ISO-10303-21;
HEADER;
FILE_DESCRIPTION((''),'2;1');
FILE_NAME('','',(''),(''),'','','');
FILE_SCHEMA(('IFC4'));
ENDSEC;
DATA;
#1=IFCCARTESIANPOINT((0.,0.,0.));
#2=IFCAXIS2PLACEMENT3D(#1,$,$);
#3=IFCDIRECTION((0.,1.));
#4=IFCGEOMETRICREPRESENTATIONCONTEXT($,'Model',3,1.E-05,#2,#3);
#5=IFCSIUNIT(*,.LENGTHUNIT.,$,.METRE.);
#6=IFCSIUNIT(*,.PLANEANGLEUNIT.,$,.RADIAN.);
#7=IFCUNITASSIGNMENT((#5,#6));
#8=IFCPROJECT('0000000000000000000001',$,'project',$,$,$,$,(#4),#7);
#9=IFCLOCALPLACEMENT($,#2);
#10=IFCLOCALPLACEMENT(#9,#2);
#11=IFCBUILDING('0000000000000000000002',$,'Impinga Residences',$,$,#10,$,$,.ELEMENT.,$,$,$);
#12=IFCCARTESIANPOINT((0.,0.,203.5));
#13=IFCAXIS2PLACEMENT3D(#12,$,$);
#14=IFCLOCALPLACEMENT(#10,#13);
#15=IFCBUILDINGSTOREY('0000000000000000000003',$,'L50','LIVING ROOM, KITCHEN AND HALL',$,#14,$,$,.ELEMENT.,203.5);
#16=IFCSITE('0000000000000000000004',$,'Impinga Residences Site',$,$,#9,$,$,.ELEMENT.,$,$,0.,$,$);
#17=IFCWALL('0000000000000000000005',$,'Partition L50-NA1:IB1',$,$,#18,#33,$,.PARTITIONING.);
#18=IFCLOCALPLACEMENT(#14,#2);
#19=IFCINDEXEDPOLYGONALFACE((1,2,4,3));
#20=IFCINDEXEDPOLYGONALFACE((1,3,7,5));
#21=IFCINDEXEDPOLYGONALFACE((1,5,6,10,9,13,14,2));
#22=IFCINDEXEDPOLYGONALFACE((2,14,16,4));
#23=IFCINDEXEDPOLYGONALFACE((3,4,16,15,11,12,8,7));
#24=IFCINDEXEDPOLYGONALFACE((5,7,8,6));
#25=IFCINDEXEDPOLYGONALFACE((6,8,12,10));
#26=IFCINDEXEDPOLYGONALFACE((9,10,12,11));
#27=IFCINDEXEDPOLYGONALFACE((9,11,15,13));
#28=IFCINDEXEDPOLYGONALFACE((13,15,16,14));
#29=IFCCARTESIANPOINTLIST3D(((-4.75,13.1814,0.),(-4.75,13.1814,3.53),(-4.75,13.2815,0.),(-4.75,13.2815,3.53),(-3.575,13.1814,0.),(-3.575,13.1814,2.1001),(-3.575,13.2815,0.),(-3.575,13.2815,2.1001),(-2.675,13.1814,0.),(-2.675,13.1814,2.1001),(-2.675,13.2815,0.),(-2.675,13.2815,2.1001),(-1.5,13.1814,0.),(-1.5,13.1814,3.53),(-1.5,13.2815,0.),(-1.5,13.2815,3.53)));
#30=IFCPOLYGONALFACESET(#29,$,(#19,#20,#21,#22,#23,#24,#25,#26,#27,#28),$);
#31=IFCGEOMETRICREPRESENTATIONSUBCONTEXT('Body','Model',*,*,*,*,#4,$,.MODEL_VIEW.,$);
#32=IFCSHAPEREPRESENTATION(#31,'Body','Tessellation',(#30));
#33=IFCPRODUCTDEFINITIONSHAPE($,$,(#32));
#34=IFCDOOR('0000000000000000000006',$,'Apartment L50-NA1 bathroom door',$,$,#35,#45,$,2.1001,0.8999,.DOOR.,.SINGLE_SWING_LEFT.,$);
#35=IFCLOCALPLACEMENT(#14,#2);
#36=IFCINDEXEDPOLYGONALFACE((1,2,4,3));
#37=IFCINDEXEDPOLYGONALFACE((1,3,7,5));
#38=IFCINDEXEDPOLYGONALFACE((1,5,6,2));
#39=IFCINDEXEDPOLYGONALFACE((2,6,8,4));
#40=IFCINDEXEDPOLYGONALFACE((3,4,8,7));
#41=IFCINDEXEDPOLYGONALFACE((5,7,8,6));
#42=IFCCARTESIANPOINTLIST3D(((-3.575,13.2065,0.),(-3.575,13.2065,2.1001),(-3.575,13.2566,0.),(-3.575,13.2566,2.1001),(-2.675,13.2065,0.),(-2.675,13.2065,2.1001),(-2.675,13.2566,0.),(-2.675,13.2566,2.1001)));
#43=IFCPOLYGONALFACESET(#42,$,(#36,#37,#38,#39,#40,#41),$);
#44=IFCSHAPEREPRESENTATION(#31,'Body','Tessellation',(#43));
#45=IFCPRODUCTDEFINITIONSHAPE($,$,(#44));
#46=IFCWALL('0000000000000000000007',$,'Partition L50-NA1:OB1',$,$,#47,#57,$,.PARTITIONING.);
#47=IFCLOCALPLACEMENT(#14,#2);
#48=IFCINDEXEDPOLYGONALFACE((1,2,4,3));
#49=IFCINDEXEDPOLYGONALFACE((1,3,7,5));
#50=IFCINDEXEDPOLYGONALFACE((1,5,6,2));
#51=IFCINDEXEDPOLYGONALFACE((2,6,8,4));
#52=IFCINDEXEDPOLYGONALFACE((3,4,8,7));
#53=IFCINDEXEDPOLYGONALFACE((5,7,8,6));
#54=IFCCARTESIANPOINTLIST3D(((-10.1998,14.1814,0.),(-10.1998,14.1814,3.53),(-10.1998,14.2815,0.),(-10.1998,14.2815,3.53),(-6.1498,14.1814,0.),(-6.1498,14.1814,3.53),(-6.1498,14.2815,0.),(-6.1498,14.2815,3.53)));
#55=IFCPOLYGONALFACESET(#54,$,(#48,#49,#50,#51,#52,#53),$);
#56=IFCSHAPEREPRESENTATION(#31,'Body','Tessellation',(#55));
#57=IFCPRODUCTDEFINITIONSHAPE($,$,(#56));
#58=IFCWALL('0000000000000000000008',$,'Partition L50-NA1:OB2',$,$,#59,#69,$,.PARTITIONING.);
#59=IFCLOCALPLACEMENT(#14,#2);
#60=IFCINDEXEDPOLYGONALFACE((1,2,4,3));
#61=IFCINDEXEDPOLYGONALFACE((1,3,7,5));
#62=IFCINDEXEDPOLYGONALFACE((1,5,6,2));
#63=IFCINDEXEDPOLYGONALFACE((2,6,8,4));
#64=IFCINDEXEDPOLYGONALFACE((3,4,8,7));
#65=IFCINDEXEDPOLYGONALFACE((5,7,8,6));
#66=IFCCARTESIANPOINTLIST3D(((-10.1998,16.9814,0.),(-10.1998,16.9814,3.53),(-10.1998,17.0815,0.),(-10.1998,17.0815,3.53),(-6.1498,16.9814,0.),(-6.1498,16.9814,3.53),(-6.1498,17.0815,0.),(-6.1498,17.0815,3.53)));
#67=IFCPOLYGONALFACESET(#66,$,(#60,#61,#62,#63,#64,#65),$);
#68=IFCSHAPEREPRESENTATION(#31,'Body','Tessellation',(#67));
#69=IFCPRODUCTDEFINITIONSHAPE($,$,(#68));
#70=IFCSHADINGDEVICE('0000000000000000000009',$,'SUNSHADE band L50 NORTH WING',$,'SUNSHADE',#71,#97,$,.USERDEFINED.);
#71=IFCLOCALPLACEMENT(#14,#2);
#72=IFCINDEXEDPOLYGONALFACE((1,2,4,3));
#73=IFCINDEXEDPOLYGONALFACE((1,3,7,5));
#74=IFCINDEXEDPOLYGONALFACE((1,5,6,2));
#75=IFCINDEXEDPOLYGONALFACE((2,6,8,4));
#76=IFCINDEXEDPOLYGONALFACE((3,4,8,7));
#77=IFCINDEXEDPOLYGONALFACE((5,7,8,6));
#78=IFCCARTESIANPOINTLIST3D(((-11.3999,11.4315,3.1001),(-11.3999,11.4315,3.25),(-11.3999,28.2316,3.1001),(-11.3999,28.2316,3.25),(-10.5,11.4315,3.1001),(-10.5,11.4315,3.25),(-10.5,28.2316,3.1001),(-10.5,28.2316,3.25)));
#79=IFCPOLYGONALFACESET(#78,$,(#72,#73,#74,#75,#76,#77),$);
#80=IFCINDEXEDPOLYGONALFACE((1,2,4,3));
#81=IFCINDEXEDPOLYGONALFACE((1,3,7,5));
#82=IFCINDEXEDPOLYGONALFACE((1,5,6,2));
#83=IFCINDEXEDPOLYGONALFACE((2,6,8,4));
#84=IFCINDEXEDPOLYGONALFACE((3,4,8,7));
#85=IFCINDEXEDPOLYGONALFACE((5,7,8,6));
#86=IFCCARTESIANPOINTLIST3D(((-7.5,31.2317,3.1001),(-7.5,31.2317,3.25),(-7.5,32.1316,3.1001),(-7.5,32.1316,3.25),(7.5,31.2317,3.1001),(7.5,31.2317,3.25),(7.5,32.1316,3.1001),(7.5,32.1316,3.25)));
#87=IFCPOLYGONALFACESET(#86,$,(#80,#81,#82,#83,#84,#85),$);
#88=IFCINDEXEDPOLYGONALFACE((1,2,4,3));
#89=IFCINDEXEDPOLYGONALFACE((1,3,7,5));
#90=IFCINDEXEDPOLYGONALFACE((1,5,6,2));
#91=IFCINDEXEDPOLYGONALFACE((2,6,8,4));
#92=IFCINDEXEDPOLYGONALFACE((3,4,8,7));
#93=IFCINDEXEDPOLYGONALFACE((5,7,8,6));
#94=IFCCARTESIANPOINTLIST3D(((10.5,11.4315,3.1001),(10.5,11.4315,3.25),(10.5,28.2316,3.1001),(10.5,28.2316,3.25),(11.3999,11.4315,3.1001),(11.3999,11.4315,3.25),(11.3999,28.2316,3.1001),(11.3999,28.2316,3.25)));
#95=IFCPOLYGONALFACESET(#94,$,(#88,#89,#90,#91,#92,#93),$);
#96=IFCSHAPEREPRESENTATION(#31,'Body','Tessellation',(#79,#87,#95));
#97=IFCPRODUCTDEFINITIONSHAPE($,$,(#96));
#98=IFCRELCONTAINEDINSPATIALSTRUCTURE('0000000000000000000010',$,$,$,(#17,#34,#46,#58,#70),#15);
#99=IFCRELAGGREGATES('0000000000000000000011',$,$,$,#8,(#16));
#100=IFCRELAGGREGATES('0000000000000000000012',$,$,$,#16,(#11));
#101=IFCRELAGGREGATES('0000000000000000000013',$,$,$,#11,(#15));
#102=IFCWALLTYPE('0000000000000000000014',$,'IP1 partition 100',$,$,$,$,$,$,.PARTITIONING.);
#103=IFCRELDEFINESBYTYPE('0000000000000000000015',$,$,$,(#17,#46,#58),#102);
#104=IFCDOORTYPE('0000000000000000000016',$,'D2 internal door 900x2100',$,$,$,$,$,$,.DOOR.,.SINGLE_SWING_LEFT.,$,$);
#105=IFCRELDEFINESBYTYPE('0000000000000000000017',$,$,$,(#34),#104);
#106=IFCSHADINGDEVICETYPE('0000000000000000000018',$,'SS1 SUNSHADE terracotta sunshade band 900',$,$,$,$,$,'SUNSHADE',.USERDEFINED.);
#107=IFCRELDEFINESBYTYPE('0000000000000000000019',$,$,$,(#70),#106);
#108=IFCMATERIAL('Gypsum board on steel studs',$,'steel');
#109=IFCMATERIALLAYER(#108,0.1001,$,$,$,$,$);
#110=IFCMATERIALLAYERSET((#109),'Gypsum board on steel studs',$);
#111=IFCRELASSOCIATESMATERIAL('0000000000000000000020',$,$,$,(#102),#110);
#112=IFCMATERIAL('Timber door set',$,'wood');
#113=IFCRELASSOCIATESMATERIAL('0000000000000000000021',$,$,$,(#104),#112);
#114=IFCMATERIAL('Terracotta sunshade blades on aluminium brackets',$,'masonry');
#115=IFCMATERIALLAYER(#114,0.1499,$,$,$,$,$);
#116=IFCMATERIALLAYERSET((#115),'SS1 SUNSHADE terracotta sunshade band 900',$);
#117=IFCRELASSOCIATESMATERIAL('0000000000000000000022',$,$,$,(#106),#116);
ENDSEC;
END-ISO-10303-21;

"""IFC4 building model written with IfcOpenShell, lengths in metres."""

from ifc_helpers import new_model, si_unit, direction, frame, frame_2d, origin, origin_2d, place, context, subcontext, project, spatial, rectangle, extrude, material, layer, layer_set, type_object, element, fill, save


model = new_model("IFC4")

# Units and contexts
model_context = context("Model", 3, precision=1e-05, world=origin(), true_north=direction((0.0, 1.0)))
body_context = subcontext(model_context, "Body", "Model", "MODEL_VIEW")
ifc_project = project(units=[si_unit("LENGTHUNIT", "METRE"), si_unit("PLANEANGLEUNIT", "RADIAN")], contexts=[model_context])

# Site, building, storey
site_placement = place(None, origin())
site = spatial("IfcSite", under=ifc_project, at=site_placement, Name="Impinga Residences Site", CompositionType="ELEMENT", RefElevation=0.0)
building_placement = place(site_placement, origin())
building = spatial("IfcBuilding", under=site, at=building_placement, Name="Impinga Residences", CompositionType="ELEMENT")
storey_placement = place(building_placement, frame((0.0, 0.0, 203.5)))
storey = spatial("IfcBuildingStorey", under=building, at=storey_placement, Name="L50", Description="LIVING ROOM, KITCHEN AND HALL", CompositionType="ELEMENT", Elevation=203.5)

# Shared definitions
ifc_material_1 = material(Name="Gypsum board on steel studs", Category="steel")
ifc_layer_1 = layer(ifc_material_1, 0.1001)
ifc_layer_set_1 = layer_set([ifc_layer_1], Name="Gypsum board on steel studs")
wall_type_1 = type_object("IfcWallType", Name="IP1 partition 100", PredefinedType="PARTITIONING", material=ifc_layer_set_1)

# Shared definitions
ifc_material_2 = material(Name="Timber door set", Category="wood")
door_type = type_object("IfcDoorType", Name="D2 internal door 900x2100", OperationType="SINGLE_SWING_LEFT", PredefinedType="DOOR", material=ifc_material_2)

# Wall, opening, door
wall_1_placement = place(storey_placement, frame((-1.5, 13.2314, 0.0), z_axis=(0.0, 0.0, 1.0), x_axis=(-1.0, 0.0, 0.0)))
wall_1 = element("IfcWall", 1, at=wall_1_placement, inside=storey, type_object=wall_type_1, Name="Partition L50-NA1:IB1", PredefinedType="PARTITIONING", context=body_context, shape_type="SweptSolid", body=[
    extrude(rectangle(XDim=3.25, YDim=0.1001, at=frame_2d((1.625, 0.0))), origin(), (0.0, 0.0, 1.0), 3.53),
])
opening_1_placement = place(wall_1_placement, frame((1.175, 0.0, 0.0)))
opening_1 = element("IfcOpeningElement", 2, at=opening_1_placement, cuts=wall_1, PredefinedType="OPENING", context=body_context, shape_type="SweptSolid", body=[
    extrude(rectangle(XDim=0.8999, YDim=2.1001, at=frame_2d((0.45, 1.05))), frame((0.0, 0.0601, 0.0), z_axis=(0.0, -1.0, 0.0), x_axis=(1.0, 0.0, 0.0)), (0.0, 0.0, 1.0), 0.1201),
])
door_1_placement = place(opening_1_placement, origin())
door_1 = element("IfcDoor", 3, at=door_1_placement, inside=storey, type_object=door_type, Name="Apartment L50-NA1 bathroom door", OperationType="SINGLE_SWING_LEFT", OverallHeight=2.1001, OverallWidth=0.8999, PredefinedType="DOOR", context=body_context, shape_type="SweptSolid", body=[
    extrude(rectangle(XDim=0.8999, YDim=2.1001, at=frame_2d((0.45, 1.05))), frame((0.0, 0.0249, 0.0), z_axis=(0.0, -1.0, 0.0), x_axis=(1.0, 0.0, 0.0)), (0.0, 0.0, 1.0), 0.05),
])
fill(opening_1, door_1)

# Walls
for number, where, z_axis, x_axis, name in (
    (4, (-6.1499, 14.2314, 0.0), (0.0, 0.0, 1.0), (-1.0, 0.0, 0.0), "Partition L50-NA1:OB1"),
    (5, (-6.1499, 17.0315, 0.0), (0.0, 0.0, 1.0), (-1.0, 0.0, 0.0), "Partition L50-NA1:OB2"),
):
    element("IfcWall", number, at=place(storey_placement, frame(where, z_axis=z_axis, x_axis=x_axis)), inside=storey, type_object=wall_type_1, Name=name, PredefinedType="PARTITIONING", context=body_context, shape_type="SweptSolid", body=[
        extrude(rectangle(XDim=4.05, YDim=0.1001, at=frame_2d((2.0249, 0.0))), origin(), (0.0, 0.0, 1.0), 3.53),
    ])

# Shading device
ifc_material_3 = material(Name="Terracotta sunshade blades on aluminium brackets", Category="masonry")
ifc_layer_2 = layer(ifc_material_3, 0.1499)
ifc_layer_set_2 = layer_set([ifc_layer_2], Name="SS1 SUNSHADE terracotta sunshade band 900")
shading_device_type = type_object("IfcShadingDeviceType", Name="SS1 SUNSHADE terracotta sunshade band 900", ElementType="SUNSHADE", PredefinedType="USERDEFINED", material=ifc_layer_set_2)
shading_device_placement = place(storey_placement, frame((-10.95, 19.8315, 3.1001), z_axis=(0.0, 0.0, 1.0), x_axis=(0.0, 1.0, 0.0)))
element("IfcShadingDevice", 6, at=shading_device_placement, inside=storey, type_object=shading_device_type, Name="SUNSHADE band L50 NORTH WING", ObjectType="SUNSHADE", PredefinedType="USERDEFINED", context=body_context, shape_type="SweptSolid", body=[
    extrude(rectangle(XDim=16.8, YDim=0.8999, at=origin_2d()), origin(), (0.0, 0.0, 1.0), 0.1499),
    extrude(rectangle(XDim=15.0, YDim=0.8999, at=origin_2d()), frame((11.8501, -10.95, 0.0), z_axis=(0.0, 0.0, 1.0), x_axis=(0.0, -1.0, 0.0)), (0.0, 0.0, 1.0), 0.1499),
    extrude(rectangle(XDim=16.8, YDim=0.8999, at=origin_2d()), frame((0.0, -21.8999, 0.0), z_axis=(0.0, 0.0, 1.0), x_axis=(-1.0, 0.0, 0.0)), (0.0, 0.0, 1.0), 0.1499),
])

save(model, "model.ifc")
